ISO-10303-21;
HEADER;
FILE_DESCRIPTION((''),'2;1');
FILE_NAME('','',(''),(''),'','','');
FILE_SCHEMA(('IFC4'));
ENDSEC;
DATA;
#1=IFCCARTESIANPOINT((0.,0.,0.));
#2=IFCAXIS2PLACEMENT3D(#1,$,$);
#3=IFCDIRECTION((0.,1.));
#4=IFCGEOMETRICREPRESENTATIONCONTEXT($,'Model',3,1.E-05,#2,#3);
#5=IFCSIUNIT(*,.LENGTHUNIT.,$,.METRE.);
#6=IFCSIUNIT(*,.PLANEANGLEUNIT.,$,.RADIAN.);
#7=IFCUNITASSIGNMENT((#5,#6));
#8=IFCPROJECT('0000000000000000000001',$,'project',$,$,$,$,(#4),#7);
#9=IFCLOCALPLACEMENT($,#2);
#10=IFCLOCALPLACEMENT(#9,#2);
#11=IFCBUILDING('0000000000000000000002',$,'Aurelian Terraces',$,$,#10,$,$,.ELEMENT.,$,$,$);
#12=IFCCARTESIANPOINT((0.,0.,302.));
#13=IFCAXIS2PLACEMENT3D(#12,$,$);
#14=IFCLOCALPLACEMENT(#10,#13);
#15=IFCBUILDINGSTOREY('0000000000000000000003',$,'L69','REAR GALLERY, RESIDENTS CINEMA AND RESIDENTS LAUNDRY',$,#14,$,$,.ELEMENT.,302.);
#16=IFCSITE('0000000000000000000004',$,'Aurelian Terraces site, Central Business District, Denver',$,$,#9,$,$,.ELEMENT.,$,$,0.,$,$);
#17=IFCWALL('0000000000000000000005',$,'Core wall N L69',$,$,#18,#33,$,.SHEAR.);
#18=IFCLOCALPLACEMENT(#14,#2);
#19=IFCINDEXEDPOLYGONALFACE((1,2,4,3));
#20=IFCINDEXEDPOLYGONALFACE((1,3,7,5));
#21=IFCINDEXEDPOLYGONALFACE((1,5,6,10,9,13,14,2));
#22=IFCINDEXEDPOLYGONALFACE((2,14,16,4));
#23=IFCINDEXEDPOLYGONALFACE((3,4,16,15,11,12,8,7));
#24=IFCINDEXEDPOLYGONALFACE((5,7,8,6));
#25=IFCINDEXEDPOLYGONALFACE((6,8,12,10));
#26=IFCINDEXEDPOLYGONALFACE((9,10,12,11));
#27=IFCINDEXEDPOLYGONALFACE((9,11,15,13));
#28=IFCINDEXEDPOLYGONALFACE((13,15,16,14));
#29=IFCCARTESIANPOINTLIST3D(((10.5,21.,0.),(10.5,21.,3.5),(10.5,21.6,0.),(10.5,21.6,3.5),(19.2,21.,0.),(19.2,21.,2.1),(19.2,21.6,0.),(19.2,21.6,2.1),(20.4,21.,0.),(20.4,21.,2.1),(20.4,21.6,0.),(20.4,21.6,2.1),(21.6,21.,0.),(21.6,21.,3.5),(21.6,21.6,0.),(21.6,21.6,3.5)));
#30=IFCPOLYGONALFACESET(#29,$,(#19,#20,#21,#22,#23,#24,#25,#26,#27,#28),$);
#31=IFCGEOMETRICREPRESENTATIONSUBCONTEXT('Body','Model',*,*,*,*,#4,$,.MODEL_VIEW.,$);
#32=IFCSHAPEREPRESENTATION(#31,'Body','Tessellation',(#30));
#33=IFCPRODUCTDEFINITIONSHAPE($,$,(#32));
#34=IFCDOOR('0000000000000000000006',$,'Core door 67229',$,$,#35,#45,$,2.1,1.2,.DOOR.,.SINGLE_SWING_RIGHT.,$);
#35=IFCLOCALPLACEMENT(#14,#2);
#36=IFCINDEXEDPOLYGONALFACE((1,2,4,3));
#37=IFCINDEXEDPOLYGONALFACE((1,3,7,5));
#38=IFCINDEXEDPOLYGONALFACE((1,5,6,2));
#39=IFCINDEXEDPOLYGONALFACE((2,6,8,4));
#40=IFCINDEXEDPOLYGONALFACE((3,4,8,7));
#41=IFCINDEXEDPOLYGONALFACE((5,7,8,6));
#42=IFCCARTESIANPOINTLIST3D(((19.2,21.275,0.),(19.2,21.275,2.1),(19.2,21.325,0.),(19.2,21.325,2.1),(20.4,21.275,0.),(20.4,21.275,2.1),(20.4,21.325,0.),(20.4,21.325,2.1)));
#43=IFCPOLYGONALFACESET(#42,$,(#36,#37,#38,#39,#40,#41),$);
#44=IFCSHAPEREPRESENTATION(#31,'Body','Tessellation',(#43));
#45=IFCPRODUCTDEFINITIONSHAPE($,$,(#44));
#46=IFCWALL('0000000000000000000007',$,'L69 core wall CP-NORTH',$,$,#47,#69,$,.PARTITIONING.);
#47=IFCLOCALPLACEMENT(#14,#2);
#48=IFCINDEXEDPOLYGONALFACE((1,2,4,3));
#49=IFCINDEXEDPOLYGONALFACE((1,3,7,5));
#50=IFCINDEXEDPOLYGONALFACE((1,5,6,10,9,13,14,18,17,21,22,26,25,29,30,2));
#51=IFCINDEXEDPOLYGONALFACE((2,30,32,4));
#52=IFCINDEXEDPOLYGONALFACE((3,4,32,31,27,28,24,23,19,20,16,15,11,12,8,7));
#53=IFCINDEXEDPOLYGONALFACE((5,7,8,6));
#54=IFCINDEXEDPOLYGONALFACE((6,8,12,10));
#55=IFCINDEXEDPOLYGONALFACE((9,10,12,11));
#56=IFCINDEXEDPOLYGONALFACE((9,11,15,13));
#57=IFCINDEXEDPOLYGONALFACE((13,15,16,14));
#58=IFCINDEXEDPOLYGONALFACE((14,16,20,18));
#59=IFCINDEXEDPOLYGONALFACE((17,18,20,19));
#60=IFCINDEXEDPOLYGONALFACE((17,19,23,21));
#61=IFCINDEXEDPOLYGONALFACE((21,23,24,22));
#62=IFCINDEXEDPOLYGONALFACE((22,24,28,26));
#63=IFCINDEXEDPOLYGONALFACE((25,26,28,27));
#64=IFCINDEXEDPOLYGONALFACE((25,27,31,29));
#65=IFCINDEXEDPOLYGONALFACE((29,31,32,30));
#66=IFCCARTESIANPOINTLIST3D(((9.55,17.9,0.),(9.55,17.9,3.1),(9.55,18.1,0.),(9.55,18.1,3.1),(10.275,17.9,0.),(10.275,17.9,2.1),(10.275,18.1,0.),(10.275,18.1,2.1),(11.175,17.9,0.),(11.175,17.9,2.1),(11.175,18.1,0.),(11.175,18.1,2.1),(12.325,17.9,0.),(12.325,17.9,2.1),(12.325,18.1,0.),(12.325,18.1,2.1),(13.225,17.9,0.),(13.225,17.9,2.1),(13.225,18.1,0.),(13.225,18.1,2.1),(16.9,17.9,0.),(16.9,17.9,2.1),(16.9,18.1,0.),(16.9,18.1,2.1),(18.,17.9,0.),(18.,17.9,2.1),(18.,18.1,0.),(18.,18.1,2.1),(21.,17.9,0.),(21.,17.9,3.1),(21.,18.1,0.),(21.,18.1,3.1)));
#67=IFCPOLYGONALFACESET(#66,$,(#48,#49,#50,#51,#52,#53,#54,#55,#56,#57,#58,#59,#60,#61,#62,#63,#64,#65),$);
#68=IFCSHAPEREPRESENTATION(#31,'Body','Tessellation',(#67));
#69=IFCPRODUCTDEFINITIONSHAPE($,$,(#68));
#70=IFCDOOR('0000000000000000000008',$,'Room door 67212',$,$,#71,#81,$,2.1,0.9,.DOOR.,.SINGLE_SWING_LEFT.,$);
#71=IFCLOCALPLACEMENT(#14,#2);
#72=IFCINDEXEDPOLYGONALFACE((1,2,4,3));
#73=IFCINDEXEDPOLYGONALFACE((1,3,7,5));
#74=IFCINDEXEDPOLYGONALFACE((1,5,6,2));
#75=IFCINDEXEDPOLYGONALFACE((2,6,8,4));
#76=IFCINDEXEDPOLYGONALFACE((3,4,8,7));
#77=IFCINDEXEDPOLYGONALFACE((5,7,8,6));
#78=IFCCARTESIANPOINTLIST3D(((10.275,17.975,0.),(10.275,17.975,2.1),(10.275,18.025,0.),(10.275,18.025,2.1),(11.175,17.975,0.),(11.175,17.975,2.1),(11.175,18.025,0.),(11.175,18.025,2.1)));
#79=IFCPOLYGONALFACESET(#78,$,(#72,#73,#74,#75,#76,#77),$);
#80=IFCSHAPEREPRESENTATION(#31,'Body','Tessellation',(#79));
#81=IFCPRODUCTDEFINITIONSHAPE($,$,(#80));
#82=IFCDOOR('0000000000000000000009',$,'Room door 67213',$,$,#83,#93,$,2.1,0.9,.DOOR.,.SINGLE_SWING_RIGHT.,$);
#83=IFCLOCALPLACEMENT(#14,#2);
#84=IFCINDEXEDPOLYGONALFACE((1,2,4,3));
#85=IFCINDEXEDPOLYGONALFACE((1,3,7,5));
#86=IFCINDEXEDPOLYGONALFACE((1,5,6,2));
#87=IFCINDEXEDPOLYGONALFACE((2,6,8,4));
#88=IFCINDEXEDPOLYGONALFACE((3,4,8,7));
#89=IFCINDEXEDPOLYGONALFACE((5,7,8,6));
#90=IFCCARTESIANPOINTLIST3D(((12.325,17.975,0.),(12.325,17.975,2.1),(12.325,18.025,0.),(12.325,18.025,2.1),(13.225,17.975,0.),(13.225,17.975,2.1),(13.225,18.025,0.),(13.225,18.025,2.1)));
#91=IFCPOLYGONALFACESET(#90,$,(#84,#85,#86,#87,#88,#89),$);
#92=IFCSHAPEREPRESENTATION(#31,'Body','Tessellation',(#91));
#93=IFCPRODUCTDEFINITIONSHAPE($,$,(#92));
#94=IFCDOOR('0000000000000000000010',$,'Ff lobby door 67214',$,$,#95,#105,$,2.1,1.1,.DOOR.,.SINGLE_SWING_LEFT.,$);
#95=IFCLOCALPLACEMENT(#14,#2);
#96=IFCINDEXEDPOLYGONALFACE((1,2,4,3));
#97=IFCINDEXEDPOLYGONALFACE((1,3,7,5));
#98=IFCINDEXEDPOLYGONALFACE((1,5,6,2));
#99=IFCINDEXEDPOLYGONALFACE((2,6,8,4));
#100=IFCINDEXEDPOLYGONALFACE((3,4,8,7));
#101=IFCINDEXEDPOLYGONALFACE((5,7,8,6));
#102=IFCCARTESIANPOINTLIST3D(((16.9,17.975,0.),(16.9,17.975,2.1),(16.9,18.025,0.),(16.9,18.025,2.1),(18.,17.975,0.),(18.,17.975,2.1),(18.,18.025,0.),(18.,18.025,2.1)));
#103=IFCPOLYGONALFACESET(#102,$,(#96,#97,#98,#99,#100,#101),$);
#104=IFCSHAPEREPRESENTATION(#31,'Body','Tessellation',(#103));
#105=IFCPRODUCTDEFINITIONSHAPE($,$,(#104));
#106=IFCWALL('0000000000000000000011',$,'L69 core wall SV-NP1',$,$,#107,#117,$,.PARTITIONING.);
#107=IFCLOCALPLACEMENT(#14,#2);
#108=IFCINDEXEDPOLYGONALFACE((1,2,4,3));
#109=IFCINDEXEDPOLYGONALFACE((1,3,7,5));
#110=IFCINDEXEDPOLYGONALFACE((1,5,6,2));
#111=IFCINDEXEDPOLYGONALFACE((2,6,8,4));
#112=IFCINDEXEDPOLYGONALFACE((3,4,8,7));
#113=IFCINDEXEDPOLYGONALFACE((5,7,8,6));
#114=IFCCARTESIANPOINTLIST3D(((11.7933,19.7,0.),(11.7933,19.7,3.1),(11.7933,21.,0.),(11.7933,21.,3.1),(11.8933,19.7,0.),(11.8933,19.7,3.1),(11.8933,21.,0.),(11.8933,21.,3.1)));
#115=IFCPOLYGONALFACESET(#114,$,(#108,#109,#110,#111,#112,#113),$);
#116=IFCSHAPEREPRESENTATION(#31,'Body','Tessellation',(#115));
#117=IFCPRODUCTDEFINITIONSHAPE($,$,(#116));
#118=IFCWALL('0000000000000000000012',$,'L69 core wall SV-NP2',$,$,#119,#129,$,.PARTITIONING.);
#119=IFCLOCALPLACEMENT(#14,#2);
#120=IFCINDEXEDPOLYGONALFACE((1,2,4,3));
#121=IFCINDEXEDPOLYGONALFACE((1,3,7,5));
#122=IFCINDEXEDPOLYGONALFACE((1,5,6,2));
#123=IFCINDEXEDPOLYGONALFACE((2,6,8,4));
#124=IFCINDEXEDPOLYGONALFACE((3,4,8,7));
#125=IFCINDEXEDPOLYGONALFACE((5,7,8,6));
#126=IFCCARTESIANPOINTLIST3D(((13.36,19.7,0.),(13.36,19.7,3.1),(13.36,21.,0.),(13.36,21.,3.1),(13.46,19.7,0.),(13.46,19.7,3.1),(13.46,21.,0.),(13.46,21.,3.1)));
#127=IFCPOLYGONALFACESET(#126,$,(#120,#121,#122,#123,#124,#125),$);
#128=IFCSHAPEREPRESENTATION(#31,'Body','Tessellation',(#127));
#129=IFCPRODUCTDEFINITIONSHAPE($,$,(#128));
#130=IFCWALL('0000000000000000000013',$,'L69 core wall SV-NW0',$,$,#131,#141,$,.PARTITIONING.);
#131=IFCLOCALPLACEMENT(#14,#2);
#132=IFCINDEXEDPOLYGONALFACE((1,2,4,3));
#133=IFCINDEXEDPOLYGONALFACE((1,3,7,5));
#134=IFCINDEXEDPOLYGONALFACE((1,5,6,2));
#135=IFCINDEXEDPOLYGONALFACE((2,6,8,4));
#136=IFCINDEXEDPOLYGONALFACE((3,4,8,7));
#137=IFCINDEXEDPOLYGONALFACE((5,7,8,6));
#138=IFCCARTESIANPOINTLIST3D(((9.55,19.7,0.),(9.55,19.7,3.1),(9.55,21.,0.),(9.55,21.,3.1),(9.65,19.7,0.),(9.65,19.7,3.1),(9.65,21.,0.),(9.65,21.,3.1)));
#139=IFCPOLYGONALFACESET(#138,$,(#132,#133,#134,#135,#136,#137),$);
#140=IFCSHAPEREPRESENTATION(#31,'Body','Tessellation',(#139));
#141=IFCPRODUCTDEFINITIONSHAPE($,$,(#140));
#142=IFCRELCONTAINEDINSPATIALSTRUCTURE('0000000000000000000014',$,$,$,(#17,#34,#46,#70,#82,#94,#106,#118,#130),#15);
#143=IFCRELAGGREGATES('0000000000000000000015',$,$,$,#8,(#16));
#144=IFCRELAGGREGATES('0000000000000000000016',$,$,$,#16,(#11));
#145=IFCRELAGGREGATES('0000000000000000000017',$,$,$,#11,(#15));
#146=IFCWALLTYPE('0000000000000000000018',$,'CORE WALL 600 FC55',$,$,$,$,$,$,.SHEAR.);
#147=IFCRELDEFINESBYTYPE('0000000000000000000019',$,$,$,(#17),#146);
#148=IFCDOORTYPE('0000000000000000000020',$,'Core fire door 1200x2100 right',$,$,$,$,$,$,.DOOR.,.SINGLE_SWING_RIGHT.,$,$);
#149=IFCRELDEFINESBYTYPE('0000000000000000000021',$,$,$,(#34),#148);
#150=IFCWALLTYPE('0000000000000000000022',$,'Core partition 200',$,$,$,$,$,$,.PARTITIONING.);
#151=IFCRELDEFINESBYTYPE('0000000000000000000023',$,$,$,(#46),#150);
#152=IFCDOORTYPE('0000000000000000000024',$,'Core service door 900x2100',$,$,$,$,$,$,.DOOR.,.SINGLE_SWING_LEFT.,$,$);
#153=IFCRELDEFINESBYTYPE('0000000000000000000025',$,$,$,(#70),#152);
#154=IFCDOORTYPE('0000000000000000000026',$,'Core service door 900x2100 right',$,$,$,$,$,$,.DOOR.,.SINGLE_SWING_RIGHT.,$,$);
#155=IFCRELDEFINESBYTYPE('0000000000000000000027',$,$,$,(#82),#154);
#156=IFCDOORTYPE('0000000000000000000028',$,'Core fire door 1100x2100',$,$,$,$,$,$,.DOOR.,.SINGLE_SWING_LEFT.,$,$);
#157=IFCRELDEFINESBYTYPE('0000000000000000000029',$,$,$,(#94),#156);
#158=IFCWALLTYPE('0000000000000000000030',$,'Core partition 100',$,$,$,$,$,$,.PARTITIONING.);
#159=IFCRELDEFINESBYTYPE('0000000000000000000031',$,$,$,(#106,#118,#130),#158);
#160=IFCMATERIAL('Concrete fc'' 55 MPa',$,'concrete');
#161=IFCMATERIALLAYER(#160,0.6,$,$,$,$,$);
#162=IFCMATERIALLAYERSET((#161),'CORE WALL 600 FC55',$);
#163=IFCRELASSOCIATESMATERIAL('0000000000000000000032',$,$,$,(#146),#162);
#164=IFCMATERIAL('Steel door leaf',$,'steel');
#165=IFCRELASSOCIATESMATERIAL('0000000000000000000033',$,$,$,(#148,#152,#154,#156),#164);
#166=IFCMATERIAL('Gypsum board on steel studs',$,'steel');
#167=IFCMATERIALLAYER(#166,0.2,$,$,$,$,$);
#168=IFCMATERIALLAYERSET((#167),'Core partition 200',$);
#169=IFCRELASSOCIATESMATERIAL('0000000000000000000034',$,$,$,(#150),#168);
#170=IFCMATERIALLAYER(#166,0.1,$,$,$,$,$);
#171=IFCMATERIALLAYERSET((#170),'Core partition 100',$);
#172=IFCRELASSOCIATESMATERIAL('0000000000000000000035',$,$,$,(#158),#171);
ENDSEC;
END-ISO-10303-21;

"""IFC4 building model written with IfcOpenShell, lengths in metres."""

from ifc_helpers import new_model, si_unit, direction, frame, frame_2d, origin, place, context, subcontext, project, spatial, rectangle, extrude, source, transform, mapped, material, layer, layer_set, type_object, element, fill, save


model = new_model("IFC4")

# Units and contexts
model_context = context("Model", 3, precision=1e-05, world=origin(), true_north=direction((0.0, 1.0)))
body_context = subcontext(model_context, "Body", "Model", "MODEL_VIEW")
ifc_project = project(units=[si_unit("LENGTHUNIT", "METRE"), si_unit("PLANEANGLEUNIT", "RADIAN")], contexts=[model_context])

# Site, building, storey
site_placement = place(None, origin())
site = spatial("IfcSite", under=ifc_project, at=site_placement, Name="Aurelian Terraces site, Central Business District, Denver", CompositionType="ELEMENT", RefElevation=0.0)
building_placement = place(site_placement, origin())
building = spatial("IfcBuilding", under=site, at=building_placement, Name="Aurelian Terraces", CompositionType="ELEMENT")
storey_placement = place(building_placement, frame((0.0, 0.0, 302.0)))
storey = spatial("IfcBuildingStorey", under=building, at=storey_placement, Name="L69", Description="REAR GALLERY, RESIDENTS CINEMA AND RESIDENTS LAUNDRY", CompositionType="ELEMENT", Elevation=302.0)

# Wall, opening, door
ifc_material_1 = material(Name="Concrete fc' 55 MPa", Category="concrete")
ifc_layer_1 = layer(ifc_material_1, 0.6)
ifc_layer_set_1 = layer_set([ifc_layer_1], Name="CORE WALL 600 FC55")
wall_type_1 = type_object("IfcWallType", Name="CORE WALL 600 FC55", PredefinedType="SHEAR", material=ifc_layer_set_1)
shared_shape_1 = source(origin(), body_context, "Body", "SweptSolid", [
    extrude(rectangle(XDim=11.1, YDim=0.6, at=frame_2d((5.55, 0.0))), origin(), (0.0, 0.0, 1.0), 3.5),
])
wall_1_placement = place(storey_placement, frame((10.5, 21.3, 0.0), z_axis=(0.0, 0.0, 1.0), x_axis=(1.0, 0.0, 0.0)))
wall_1 = element("IfcWall", 1, at=wall_1_placement, inside=storey, type_object=wall_type_1, Name="Core wall N L69", PredefinedType="SHEAR", context=body_context, shape_type="MappedRepresentation", body=[
    mapped(shared_shape_1, transform((0.0, 0.0, 0.0), scale=1.0)),
])
shared_shape_2 = source(origin(), body_context, "Body", "SweptSolid", [
    extrude(rectangle(XDim=1.2, YDim=2.1, at=frame_2d((0.6, 1.05))), frame((0.0, 0.31, 0.0), z_axis=(0.0, -1.0, 0.0), x_axis=(1.0, 0.0, 0.0)), (0.0, 0.0, 1.0), 0.62),
])
opening_1_placement = place(wall_1_placement, frame((8.7, 0.0, 0.0)))
opening_1 = element("IfcOpeningElement", 2, at=opening_1_placement, cuts=wall_1, PredefinedType="OPENING", context=body_context, shape_type="MappedRepresentation", body=[
    mapped(shared_shape_2, transform((0.0, 0.0, 0.0), scale=1.0)),
])
ifc_material_2 = material(Name="Steel door leaf", Category="steel")
door_type_1 = type_object("IfcDoorType", Name="Core fire door 1200x2100 right", OperationType="SINGLE_SWING_RIGHT", PredefinedType="DOOR", material=ifc_material_2)
shared_shape_3 = source(origin(), body_context, "Body", "SweptSolid", [
    extrude(rectangle(XDim=1.2, YDim=2.1, at=frame_2d((0.6, 1.05))), frame((0.0, 0.025, 0.0), z_axis=(0.0, -1.0, 0.0), x_axis=(1.0, 0.0, 0.0)), (0.0, 0.0, 1.0), 0.05),
])
door_1_placement = place(opening_1_placement, origin())
door_1 = element("IfcDoor", 3, at=door_1_placement, inside=storey, type_object=door_type_1, Name="Core door 67229", OperationType="SINGLE_SWING_RIGHT", OverallHeight=2.1, OverallWidth=1.2, PredefinedType="DOOR", context=body_context, shape_type="MappedRepresentation", body=[
    mapped(shared_shape_3, transform((0.0, 0.0, 0.0), scale=1.0)),
])
fill(opening_1, door_1)

# Wall, openings, doors
ifc_material_3 = material(Name="Gypsum board on steel studs", Category="steel")
ifc_layer_2 = layer(ifc_material_3, 0.2)
ifc_layer_set_2 = layer_set([ifc_layer_2], Name="Core partition 200")
wall_type_2 = type_object("IfcWallType", Name="Core partition 200", PredefinedType="PARTITIONING", material=ifc_layer_set_2)
shared_shape_4 = source(origin(), body_context, "Body", "SweptSolid", [
    extrude(rectangle(XDim=11.45, YDim=0.2, at=frame_2d((5.725, 0.0))), origin(), (0.0, 0.0, 1.0), 3.1),
])
wall_2_placement = place(storey_placement, frame((9.55, 18.0, 0.0), z_axis=(0.0, 0.0, 1.0), x_axis=(1.0, 0.0, 0.0)))
wall_2 = element("IfcWall", 4, at=wall_2_placement, inside=storey, type_object=wall_type_2, Name="L69 core wall CP-NORTH", PredefinedType="PARTITIONING", context=body_context, shape_type="MappedRepresentation", body=[
    mapped(shared_shape_4, transform((0.0, 0.0, 0.0), scale=1.0)),
])
shared_shape_5 = source(origin(), body_context, "Body", "SweptSolid", [
    extrude(rectangle(XDim=0.9, YDim=2.1, at=frame_2d((0.45, 1.05))), frame((0.0, 0.11, 0.0), z_axis=(0.0, -1.0, 0.0), x_axis=(1.0, 0.0, 0.0)), (0.0, 0.0, 1.0), 0.22),
])
opening_2_placement = place(wall_2_placement, frame((0.725, 0.0, 0.0)))
opening_2 = element("IfcOpeningElement", 5, at=opening_2_placement, cuts=wall_2, PredefinedType="OPENING", context=body_context, shape_type="MappedRepresentation", body=[
    mapped(shared_shape_5, transform((0.0, 0.0, 0.0), scale=1.0)),
])
opening_3_placement = place(wall_2_placement, frame((2.775, 0.0, 0.0)))
opening_3 = element("IfcOpeningElement", 6, at=opening_3_placement, cuts=wall_2, PredefinedType="OPENING", context=body_context, shape_type="MappedRepresentation", body=[
    mapped(shared_shape_5, transform((0.0, 0.0, 0.0), scale=1.0)),
])
shared_shape_6 = source(origin(), body_context, "Body", "SweptSolid", [
    extrude(rectangle(XDim=1.1, YDim=2.1, at=frame_2d((0.55, 1.05))), frame((0.0, 0.11, 0.0), z_axis=(0.0, -1.0, 0.0), x_axis=(1.0, 0.0, 0.0)), (0.0, 0.0, 1.0), 0.22),
])
opening_4_placement = place(wall_2_placement, frame((7.35, 0.0, 0.0)))
opening_4 = element("IfcOpeningElement", 7, at=opening_4_placement, cuts=wall_2, PredefinedType="OPENING", context=body_context, shape_type="MappedRepresentation", body=[
    mapped(shared_shape_6, transform((0.0, 0.0, 0.0), scale=1.0)),
])
door_type_2 = type_object("IfcDoorType", Name="Core service door 900x2100", OperationType="SINGLE_SWING_LEFT", PredefinedType="DOOR", material=ifc_material_2)
shared_shape_7 = source(origin(), body_context, "Body", "SweptSolid", [
    extrude(rectangle(XDim=0.9, YDim=2.1, at=frame_2d((0.45, 1.05))), frame((0.0, 0.025, 0.0), z_axis=(0.0, -1.0, 0.0), x_axis=(1.0, 0.0, 0.0)), (0.0, 0.0, 1.0), 0.05),
])
door_2_placement = place(opening_2_placement, origin())
door_2 = element("IfcDoor", 8, at=door_2_placement, inside=storey, type_object=door_type_2, Name="Room door 67212", OperationType="SINGLE_SWING_LEFT", OverallHeight=2.1, OverallWidth=0.9, PredefinedType="DOOR", context=body_context, shape_type="MappedRepresentation", body=[
    mapped(shared_shape_7, transform((0.0, 0.0, 0.0), scale=1.0)),
])
fill(opening_2, door_2)
door_type_3 = type_object("IfcDoorType", Name="Core service door 900x2100 right", OperationType="SINGLE_SWING_RIGHT", PredefinedType="DOOR", material=ifc_material_2)
door_3_placement = place(opening_3_placement, origin())
door_3 = element("IfcDoor", 9, at=door_3_placement, inside=storey, type_object=door_type_3, Name="Room door 67213", OperationType="SINGLE_SWING_RIGHT", OverallHeight=2.1, OverallWidth=0.9, PredefinedType="DOOR", context=body_context, shape_type="MappedRepresentation", body=[
    mapped(shared_shape_7, transform((0.0, 0.0, 0.0), scale=1.0)),
])
fill(opening_3, door_3)
door_type_4 = type_object("IfcDoorType", Name="Core fire door 1100x2100", OperationType="SINGLE_SWING_LEFT", PredefinedType="DOOR", material=ifc_material_2)
shared_shape_8 = source(origin(), body_context, "Body", "SweptSolid", [
    extrude(rectangle(XDim=1.1, YDim=2.1, at=frame_2d((0.55, 1.05))), frame((0.0, 0.025, 0.0), z_axis=(0.0, -1.0, 0.0), x_axis=(1.0, 0.0, 0.0)), (0.0, 0.0, 1.0), 0.05),
])
door_4_placement = place(opening_4_placement, origin())
door_4 = element("IfcDoor", 10, at=door_4_placement, inside=storey, type_object=door_type_4, Name="Ff lobby door 67214", OperationType="SINGLE_SWING_LEFT", OverallHeight=2.1, OverallWidth=1.1, PredefinedType="DOOR", context=body_context, shape_type="MappedRepresentation", body=[
    mapped(shared_shape_8, transform((0.0, 0.0, 0.0), scale=1.0)),
])
fill(opening_4, door_4)

# Walls
ifc_layer_3 = layer(ifc_material_3, 0.1)
ifc_layer_set_3 = layer_set([ifc_layer_3], Name="Core partition 100")
wall_type_3 = type_object("IfcWallType", Name="Core partition 100", PredefinedType="PARTITIONING", material=ifc_layer_set_3)
shared_shape_9 = source(origin(), body_context, "Body", "SweptSolid", [
    extrude(rectangle(XDim=1.3, YDim=0.1, at=frame_2d((0.65, 0.0))), origin(), (0.0, 0.0, 1.0), 3.1),
])
for number, where, z_axis, x_axis, name in (
    (11, (11.8433, 19.7, 0.0), (0.0, 0.0, 1.0), (0.0, 1.0, 0.0), "L69 core wall SV-NP1"),
    (12, (13.41, 19.7, 0.0), (0.0, 0.0, 1.0), (0.0, 1.0, 0.0), "L69 core wall SV-NP2"),
    (13, (9.6, 19.7, 0.0), (0.0, 0.0, 1.0), (0.0, 1.0, 0.0), "L69 core wall SV-NW0"),
):
    element("IfcWall", number, at=place(storey_placement, frame(where, z_axis=z_axis, x_axis=x_axis)), inside=storey, type_object=wall_type_3, Name=name, PredefinedType="PARTITIONING", context=body_context, shape_type="MappedRepresentation", body=[
        mapped(shared_shape_9, transform((0.0, 0.0, 0.0), scale=1.0)),
    ])

save(model, "model.ifc")
